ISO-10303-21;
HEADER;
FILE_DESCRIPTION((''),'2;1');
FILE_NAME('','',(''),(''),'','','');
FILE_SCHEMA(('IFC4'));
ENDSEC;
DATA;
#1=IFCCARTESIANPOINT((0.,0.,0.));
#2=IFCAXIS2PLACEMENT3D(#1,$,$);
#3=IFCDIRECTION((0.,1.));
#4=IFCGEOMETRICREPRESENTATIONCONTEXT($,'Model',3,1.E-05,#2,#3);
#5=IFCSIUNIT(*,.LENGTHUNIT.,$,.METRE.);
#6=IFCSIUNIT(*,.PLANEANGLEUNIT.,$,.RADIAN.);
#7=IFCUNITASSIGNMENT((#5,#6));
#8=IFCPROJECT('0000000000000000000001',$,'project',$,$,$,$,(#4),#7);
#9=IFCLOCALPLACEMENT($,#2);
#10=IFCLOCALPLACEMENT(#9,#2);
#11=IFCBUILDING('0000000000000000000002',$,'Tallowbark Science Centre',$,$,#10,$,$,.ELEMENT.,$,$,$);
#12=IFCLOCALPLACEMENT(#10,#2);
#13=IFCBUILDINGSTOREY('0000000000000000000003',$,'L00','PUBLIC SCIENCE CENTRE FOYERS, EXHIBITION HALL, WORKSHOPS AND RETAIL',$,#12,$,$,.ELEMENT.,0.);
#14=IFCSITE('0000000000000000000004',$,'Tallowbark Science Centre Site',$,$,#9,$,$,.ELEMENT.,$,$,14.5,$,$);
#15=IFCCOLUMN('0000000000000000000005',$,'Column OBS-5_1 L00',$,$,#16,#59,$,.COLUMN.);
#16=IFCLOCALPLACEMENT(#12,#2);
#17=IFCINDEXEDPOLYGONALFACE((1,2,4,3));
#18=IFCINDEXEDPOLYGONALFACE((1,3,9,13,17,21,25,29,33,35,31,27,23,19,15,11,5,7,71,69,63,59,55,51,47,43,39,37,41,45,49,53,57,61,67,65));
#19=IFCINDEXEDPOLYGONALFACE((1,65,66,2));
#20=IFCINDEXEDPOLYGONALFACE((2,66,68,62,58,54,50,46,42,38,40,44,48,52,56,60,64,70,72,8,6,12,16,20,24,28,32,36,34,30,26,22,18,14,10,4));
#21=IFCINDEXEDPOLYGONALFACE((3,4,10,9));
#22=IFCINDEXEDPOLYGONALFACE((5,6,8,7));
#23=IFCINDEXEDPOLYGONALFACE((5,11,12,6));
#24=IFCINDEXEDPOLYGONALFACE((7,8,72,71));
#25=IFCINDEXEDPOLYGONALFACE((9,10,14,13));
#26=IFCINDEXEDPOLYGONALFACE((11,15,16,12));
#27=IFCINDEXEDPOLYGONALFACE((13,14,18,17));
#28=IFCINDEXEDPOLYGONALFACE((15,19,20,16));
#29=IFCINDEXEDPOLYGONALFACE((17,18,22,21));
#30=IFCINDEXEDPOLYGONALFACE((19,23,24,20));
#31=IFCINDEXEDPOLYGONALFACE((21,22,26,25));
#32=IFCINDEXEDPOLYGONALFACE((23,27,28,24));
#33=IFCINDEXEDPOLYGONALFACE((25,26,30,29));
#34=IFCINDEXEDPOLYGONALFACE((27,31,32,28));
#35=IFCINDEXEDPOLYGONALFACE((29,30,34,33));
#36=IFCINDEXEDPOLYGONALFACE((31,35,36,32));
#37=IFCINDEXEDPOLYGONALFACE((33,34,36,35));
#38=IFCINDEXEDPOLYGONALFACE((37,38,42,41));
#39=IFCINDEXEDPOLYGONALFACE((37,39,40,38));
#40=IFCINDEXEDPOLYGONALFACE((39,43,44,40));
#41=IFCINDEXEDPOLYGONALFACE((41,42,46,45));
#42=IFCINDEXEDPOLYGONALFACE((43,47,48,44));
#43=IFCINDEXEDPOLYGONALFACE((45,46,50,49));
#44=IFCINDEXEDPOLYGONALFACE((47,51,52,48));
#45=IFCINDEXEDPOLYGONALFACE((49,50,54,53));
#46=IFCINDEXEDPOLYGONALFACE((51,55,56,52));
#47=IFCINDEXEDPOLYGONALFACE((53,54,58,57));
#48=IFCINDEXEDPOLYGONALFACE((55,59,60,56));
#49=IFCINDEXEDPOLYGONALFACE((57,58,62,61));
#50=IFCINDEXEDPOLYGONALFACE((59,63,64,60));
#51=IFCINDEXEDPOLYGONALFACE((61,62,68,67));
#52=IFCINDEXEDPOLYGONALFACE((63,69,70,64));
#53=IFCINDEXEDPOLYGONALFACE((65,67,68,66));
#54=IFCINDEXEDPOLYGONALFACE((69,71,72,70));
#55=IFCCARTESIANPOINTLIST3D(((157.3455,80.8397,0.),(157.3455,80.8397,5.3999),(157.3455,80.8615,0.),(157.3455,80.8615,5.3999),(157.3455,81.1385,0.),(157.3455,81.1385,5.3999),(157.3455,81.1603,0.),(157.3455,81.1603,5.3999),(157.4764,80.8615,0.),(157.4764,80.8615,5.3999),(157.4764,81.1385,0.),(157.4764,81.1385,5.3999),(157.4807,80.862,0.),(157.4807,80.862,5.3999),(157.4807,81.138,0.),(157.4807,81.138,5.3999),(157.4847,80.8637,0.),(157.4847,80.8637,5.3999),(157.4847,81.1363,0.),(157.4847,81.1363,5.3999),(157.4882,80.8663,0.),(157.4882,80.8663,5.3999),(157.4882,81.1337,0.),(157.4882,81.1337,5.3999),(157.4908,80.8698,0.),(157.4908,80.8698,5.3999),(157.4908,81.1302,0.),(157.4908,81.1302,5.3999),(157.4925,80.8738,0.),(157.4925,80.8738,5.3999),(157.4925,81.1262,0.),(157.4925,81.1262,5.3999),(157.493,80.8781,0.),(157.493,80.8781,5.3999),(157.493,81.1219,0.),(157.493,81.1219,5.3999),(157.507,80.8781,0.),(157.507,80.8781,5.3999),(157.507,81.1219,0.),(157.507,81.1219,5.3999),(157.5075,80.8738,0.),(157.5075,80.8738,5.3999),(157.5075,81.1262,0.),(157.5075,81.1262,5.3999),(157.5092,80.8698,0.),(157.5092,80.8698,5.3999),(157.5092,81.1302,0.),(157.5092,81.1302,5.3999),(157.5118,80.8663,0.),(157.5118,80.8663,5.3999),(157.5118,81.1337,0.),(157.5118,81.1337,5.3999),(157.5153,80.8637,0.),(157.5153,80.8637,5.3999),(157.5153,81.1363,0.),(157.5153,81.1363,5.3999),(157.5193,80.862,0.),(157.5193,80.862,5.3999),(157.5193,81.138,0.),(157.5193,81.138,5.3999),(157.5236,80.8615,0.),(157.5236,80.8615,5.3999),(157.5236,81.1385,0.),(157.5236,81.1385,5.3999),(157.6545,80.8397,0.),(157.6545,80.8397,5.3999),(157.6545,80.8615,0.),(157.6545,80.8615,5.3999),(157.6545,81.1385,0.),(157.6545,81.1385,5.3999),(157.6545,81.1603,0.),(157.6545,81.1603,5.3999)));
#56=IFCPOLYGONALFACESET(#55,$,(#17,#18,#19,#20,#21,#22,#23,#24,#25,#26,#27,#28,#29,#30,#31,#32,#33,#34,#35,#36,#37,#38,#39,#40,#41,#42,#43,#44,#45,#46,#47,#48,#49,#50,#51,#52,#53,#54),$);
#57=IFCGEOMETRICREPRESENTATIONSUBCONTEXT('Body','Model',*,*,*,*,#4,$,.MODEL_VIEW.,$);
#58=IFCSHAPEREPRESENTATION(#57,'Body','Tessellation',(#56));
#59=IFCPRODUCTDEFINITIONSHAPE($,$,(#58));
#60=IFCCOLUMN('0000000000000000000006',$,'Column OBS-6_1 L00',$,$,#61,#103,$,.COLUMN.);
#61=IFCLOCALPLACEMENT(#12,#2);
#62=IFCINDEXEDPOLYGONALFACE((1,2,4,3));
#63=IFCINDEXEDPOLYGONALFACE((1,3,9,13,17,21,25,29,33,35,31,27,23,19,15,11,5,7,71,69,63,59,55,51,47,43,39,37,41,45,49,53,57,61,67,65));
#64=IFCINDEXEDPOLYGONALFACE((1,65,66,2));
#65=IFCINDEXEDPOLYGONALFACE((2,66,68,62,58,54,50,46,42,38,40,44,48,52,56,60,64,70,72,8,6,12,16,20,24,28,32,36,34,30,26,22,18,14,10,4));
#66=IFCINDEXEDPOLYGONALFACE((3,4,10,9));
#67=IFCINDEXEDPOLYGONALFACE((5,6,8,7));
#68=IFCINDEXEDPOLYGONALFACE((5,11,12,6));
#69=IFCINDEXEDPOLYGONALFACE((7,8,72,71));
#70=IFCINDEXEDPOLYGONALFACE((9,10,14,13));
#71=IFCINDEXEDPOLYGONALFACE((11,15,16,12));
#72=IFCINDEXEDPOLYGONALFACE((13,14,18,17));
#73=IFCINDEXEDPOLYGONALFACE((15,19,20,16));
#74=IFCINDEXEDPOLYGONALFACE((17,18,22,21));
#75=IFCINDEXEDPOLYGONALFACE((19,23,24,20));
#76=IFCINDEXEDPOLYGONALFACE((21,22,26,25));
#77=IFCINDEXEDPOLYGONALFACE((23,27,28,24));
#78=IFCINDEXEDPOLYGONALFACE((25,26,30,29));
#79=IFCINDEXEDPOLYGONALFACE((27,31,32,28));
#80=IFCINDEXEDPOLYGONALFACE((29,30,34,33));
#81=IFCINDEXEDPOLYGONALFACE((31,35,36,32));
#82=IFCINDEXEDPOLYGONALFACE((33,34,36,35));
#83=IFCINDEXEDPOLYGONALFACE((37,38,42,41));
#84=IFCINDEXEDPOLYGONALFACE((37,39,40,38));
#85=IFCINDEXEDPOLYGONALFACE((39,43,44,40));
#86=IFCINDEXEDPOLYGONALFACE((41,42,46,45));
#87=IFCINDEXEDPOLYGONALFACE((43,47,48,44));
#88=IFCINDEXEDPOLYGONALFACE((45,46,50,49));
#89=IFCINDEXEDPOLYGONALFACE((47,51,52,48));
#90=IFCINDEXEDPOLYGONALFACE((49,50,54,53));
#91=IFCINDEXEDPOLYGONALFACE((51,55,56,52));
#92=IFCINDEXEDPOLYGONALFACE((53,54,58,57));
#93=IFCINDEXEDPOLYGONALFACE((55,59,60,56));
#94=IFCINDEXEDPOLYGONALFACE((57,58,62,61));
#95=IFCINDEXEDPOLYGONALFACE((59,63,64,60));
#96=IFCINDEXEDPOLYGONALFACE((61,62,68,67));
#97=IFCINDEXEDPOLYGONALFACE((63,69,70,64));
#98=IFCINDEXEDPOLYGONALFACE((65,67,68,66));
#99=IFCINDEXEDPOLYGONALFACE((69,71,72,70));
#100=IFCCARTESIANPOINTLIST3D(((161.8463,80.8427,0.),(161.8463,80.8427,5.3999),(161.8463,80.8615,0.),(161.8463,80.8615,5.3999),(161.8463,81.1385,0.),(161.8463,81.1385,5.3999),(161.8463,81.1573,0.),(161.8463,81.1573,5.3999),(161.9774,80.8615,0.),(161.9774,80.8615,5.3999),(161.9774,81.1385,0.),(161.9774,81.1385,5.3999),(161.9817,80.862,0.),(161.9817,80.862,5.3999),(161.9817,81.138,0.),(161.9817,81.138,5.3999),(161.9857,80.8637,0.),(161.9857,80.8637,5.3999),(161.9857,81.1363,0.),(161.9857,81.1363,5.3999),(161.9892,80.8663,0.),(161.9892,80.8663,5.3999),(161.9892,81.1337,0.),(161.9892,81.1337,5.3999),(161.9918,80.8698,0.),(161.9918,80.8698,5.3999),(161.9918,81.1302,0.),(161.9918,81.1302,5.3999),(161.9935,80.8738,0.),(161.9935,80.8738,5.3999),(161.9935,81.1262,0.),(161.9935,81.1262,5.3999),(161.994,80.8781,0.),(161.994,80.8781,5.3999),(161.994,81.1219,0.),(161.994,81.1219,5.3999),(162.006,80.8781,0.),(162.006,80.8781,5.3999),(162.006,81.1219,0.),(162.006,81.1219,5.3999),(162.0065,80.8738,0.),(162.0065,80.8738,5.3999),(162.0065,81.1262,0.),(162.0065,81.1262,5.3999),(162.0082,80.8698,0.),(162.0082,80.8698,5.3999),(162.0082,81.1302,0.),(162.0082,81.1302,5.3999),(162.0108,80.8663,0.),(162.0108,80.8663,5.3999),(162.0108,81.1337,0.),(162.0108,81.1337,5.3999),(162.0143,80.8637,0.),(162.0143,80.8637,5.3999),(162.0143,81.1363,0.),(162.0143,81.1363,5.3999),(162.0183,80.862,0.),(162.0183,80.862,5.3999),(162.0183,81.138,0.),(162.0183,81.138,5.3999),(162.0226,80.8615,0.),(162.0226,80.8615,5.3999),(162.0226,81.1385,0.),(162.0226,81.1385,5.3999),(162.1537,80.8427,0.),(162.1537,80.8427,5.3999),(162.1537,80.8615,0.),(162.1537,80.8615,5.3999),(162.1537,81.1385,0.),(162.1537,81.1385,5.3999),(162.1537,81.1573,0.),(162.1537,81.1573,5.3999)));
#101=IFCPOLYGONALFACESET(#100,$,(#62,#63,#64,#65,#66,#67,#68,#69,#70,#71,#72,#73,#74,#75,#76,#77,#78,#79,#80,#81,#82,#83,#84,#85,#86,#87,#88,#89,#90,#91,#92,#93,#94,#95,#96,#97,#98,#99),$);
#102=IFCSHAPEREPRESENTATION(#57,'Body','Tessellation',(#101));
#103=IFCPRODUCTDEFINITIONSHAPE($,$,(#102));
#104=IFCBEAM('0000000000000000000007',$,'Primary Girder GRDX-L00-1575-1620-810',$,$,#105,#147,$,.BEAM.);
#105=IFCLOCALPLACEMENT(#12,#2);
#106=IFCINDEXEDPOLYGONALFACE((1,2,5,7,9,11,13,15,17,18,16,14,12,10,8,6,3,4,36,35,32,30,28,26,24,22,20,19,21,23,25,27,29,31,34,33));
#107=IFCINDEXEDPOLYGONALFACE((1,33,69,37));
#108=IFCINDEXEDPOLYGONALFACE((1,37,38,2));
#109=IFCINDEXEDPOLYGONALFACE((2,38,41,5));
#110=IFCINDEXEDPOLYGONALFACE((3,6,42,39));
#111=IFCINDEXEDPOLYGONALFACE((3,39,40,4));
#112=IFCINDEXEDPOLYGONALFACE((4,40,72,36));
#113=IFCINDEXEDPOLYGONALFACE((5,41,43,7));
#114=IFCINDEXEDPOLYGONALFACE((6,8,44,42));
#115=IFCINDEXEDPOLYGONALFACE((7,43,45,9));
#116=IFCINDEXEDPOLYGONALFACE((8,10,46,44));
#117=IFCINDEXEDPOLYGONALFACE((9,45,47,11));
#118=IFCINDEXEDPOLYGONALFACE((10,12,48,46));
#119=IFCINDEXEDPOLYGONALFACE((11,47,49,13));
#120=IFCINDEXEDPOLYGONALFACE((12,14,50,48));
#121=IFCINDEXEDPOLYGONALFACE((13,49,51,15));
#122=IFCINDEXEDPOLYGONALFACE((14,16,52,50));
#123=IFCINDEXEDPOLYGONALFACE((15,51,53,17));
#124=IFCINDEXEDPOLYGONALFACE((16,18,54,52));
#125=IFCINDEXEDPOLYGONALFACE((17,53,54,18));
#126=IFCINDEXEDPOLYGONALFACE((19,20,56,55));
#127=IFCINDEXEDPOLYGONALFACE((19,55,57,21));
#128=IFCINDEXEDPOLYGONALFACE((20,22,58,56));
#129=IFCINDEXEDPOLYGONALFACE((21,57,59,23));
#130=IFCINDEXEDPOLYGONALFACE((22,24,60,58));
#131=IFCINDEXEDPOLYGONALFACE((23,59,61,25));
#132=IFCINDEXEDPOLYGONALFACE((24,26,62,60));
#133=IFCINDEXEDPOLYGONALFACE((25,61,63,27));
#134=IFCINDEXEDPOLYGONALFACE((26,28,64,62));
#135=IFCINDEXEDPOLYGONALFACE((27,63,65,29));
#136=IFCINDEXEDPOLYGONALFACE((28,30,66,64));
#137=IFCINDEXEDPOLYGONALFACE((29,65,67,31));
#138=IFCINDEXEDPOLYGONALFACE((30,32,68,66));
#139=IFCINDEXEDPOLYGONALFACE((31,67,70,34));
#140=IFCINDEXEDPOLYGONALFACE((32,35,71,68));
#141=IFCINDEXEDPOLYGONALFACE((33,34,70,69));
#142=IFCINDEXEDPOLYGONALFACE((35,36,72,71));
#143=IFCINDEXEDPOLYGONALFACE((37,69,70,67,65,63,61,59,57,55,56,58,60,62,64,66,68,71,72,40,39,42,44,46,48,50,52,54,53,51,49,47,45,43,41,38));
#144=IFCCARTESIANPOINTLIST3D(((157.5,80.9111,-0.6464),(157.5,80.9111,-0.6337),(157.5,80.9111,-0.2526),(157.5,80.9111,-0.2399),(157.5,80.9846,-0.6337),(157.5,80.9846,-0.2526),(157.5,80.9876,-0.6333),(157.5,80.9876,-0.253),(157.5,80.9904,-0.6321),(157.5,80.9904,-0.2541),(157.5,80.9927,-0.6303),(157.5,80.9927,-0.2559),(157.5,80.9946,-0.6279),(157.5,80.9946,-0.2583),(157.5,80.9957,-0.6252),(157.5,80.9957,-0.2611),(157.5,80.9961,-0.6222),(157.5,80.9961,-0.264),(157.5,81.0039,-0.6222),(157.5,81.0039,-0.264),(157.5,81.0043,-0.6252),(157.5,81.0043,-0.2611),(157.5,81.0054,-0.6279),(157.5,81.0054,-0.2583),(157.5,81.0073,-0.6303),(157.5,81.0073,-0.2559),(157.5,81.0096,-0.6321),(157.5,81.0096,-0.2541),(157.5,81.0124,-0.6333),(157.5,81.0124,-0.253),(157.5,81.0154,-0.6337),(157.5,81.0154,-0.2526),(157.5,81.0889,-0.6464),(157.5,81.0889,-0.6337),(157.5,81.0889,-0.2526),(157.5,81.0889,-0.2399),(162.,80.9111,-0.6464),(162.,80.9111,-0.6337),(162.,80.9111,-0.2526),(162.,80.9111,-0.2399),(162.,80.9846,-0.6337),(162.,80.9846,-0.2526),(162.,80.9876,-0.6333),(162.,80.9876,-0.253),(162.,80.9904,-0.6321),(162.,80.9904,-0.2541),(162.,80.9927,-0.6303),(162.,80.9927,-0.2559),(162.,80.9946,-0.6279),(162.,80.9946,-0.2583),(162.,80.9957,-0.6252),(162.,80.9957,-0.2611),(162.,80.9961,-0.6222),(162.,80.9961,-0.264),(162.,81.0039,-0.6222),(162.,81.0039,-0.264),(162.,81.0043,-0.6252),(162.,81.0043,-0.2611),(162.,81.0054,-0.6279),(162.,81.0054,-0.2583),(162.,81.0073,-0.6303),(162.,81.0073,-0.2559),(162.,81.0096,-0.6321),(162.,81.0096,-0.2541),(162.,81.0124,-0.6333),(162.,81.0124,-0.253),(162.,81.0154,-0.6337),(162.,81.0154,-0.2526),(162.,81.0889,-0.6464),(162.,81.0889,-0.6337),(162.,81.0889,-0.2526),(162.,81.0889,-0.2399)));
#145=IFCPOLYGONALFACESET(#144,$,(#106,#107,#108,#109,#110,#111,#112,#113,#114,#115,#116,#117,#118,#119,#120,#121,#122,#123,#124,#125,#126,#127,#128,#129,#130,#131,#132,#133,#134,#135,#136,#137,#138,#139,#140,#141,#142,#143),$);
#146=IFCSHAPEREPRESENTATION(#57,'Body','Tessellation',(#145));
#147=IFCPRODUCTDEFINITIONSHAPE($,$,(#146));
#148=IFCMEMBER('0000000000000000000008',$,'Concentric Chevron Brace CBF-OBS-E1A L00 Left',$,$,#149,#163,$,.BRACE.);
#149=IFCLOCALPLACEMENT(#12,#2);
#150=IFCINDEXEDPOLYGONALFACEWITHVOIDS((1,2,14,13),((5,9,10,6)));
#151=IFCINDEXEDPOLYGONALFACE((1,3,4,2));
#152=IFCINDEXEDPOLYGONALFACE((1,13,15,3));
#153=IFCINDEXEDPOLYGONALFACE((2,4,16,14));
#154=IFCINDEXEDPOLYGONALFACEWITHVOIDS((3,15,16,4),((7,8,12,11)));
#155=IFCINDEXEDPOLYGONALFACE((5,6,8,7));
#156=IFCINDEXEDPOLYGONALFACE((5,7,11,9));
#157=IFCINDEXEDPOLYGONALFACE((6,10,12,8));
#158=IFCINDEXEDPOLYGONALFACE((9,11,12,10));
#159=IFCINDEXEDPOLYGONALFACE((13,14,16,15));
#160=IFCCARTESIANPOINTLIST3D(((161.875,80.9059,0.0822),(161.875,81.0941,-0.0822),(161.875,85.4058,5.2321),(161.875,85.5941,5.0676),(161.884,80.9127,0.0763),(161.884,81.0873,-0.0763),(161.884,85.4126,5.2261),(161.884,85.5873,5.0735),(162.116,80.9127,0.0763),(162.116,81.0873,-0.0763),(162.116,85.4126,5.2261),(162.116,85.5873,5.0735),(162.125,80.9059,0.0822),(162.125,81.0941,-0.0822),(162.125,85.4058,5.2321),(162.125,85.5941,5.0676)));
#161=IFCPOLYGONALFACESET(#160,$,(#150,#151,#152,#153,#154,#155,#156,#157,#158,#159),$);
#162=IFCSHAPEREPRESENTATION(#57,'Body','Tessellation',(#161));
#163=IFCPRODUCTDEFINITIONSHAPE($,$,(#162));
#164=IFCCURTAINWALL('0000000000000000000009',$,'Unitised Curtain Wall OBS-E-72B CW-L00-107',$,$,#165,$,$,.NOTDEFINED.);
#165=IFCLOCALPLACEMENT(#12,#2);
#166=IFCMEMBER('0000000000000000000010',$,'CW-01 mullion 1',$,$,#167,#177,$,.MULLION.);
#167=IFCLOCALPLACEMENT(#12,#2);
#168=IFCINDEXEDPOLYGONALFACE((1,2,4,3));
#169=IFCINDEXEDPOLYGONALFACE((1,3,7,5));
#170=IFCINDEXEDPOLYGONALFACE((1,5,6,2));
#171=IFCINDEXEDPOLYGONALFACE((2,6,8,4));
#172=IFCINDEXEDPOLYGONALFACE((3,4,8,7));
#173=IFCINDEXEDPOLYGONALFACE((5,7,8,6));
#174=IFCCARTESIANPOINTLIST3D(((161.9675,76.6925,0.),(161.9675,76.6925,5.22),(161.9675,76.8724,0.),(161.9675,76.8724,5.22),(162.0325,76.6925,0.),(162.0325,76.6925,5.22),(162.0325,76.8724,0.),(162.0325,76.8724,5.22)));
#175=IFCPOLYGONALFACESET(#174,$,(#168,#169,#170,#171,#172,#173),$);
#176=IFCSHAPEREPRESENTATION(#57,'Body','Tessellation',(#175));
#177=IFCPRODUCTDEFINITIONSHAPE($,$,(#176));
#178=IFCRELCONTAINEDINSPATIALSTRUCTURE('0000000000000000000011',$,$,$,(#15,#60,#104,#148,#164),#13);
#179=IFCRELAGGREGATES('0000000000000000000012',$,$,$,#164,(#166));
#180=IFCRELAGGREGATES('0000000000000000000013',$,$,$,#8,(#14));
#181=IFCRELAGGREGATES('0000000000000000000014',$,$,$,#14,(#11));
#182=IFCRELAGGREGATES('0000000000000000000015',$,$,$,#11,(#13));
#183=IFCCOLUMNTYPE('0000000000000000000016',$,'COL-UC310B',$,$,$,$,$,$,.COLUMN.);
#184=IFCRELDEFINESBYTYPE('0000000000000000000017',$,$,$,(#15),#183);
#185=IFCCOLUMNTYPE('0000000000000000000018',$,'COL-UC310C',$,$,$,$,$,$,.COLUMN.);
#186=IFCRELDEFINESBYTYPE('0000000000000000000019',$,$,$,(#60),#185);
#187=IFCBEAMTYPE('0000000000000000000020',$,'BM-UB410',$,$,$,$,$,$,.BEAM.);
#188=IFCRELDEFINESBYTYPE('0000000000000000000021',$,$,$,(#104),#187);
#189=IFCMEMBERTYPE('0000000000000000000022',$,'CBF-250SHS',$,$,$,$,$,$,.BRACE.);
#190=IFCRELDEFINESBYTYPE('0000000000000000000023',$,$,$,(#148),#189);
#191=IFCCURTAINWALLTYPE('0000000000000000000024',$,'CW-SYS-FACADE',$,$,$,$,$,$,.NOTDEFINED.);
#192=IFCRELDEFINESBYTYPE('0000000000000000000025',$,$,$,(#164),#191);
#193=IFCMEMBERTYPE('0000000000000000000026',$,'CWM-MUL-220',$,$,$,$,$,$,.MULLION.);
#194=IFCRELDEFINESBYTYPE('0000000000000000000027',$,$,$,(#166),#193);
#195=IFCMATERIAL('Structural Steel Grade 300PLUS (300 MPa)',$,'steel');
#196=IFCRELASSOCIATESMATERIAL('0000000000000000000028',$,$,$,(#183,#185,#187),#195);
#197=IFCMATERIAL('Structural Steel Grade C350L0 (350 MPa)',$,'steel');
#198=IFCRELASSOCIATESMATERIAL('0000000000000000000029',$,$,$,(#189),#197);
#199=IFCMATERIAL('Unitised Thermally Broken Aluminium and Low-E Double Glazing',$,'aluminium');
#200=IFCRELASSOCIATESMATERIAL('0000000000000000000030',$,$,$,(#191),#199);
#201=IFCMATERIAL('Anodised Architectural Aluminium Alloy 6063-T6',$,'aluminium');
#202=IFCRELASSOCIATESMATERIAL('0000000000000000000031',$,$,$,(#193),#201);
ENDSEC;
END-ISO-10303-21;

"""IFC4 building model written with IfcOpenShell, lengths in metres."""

from ifc_helpers import new_model, si_unit, direction, frame, origin, origin_2d, place, context, subcontext, project, spatial, rectangle, hollow_rectangle, i_section, extrude, material, material_profile, profile_set, type_object, element, aggregate, save


model = new_model("IFC4")

# Units and contexts
model_context = context("Model", 3, precision=1e-05, world=origin(), true_north=direction((0.0, 1.0)))
body_context = subcontext(model_context, "Body", "Model", "MODEL_VIEW")
ifc_project = project(units=[si_unit("LENGTHUNIT", "METRE"), si_unit("PLANEANGLEUNIT", "RADIAN")], contexts=[model_context])

# Site, building, storey
site_placement = place(None, origin())
site = spatial("IfcSite", under=ifc_project, at=site_placement, Name="Tallowbark Science Centre Site", CompositionType="ELEMENT", RefElevation=14.5)
building_placement = place(site_placement, origin())
building = spatial("IfcBuilding", under=site, at=building_placement, Name="Tallowbark Science Centre", CompositionType="ELEMENT")
storey_placement = place(building_placement, origin())
storey = spatial("IfcBuildingStorey", under=building, at=storey_placement, Name="L00", Description="PUBLIC SCIENCE CENTRE FOYERS, EXHIBITION HALL, WORKSHOPS AND RETAIL", CompositionType="ELEMENT", Elevation=0.0)

# Columns
ifc_material_1 = material(Name="Structural Steel Grade 300PLUS (300 MPa)", Category="steel")
ifc_material_profile_1 = material_profile(ifc_material_1, i_section(OverallWidth=0.3091, OverallDepth=0.3206, WebThickness=0.0139, FlangeThickness=0.0217, FilletRadius=0.0166, at=origin_2d()), Name="310UC137")
ifc_profile_set_1 = profile_set([ifc_material_profile_1], Name="Structural Steel Grade 300PLUS (300 MPa)")
column_type_1 = type_object("IfcColumnType", Name="COL-UC310B", PredefinedType="COLUMN", material=ifc_profile_set_1)
column_1_placement = place(storey_placement, frame((157.5, 81.0, 0.0), z_axis=(0.0, 0.0, 1.0), x_axis=(1.0, 0.0, 0.0)))
element("IfcColumn", 1, at=column_1_placement, inside=storey, type_object=column_type_1, Name="Column OBS-5_1 L00", PredefinedType="COLUMN", context=body_context, shape_type="SweptSolid", body=[
    extrude(i_section(OverallWidth=0.3091, OverallDepth=0.3206, WebThickness=0.0139, FlangeThickness=0.0217, FilletRadius=0.0166, at=origin_2d()), origin(), (0.0, 0.0, 1.0), 5.3999),
])
ifc_material_profile_2 = material_profile(ifc_material_1, i_section(OverallWidth=0.3074, OverallDepth=0.3147, WebThickness=0.012, FlangeThickness=0.0188, FilletRadius=0.0166, at=origin_2d()), Name="310UC118")
ifc_profile_set_2 = profile_set([ifc_material_profile_2], Name="Structural Steel Grade 300PLUS (300 MPa)")
column_type_2 = type_object("IfcColumnType", Name="COL-UC310C", PredefinedType="COLUMN", material=ifc_profile_set_2)
column_2_placement = place(storey_placement, frame((162.0, 81.0, 0.0), z_axis=(0.0, 0.0, 1.0), x_axis=(1.0, 0.0, 0.0)))
element("IfcColumn", 2, at=column_2_placement, inside=storey, type_object=column_type_2, Name="Column OBS-6_1 L00", PredefinedType="COLUMN", context=body_context, shape_type="SweptSolid", body=[
    extrude(i_section(OverallWidth=0.3074, OverallDepth=0.3147, WebThickness=0.012, FlangeThickness=0.0188, FilletRadius=0.0166, at=origin_2d()), origin(), (0.0, 0.0, 1.0), 5.3999),
])

# Beam
ifc_material_profile_3 = material_profile(ifc_material_1, i_section(OverallWidth=0.1777, OverallDepth=0.4065, WebThickness=0.0078, FlangeThickness=0.0127, FilletRadius=0.0115, at=origin_2d()), Name="410UB59.7")
ifc_profile_set_3 = profile_set([ifc_material_profile_3], Name="Structural Steel Grade 300PLUS (300 MPa)")
beam_type_1 = type_object("IfcBeamType", Name="BM-UB410", PredefinedType="BEAM", material=ifc_profile_set_3)
beam_1_placement = place(storey_placement, frame((157.5, 81.0, -0.4431), z_axis=(1.0, 0.0, 0.0), x_axis=(0.0, 1.0, 0.0)))
element("IfcBeam", 3, at=beam_1_placement, inside=storey, type_object=beam_type_1, Name="Primary Girder GRDX-L00-1575-1620-810", PredefinedType="BEAM", context=body_context, shape_type="SweptSolid", body=[
    extrude(i_section(OverallWidth=0.1777, OverallDepth=0.4065, WebThickness=0.0078, FlangeThickness=0.0127, FilletRadius=0.0115, at=origin_2d()), origin(), (0.0, 0.0, 1.0), 4.5),
])

# Member
ifc_material_2 = material(Name="Structural Steel Grade C350L0 (350 MPa)", Category="steel")
ifc_material_profile_4 = material_profile(ifc_material_2, hollow_rectangle(XDim=0.25, YDim=0.25, WallThickness=0.009, at=origin_2d()), Name="250x250x9.0SHS")
ifc_profile_set_4 = profile_set([ifc_material_profile_4], Name="Structural Steel Grade C350L0 (350 MPa)")
member_type_1 = type_object("IfcMemberType", Name="CBF-250SHS", PredefinedType="BRACE", material=ifc_profile_set_4)
member_1_placement = place(storey_placement, frame((162.0, 81.0, 0.0), z_axis=(0.0, 0.657994, 0.753023), x_axis=(-1.0, 0.0, 0.0)))
element("IfcMember", 4, at=member_1_placement, inside=storey, type_object=member_type_1, Name="Concentric Chevron Brace CBF-OBS-E1A L00 Left", PredefinedType="BRACE", context=body_context, shape_type="SweptSolid", body=[
    extrude(hollow_rectangle(XDim=0.25, YDim=0.25, WallThickness=0.009, at=origin_2d()), origin(), (0.0, 0.0, 1.0), 6.8389),
])

# Curtain wall, member
ifc_material_3 = material(Name="Unitised Thermally Broken Aluminium and Low-E Double Glazing", Category="aluminium")
curtain_wall_type = type_object("IfcCurtainWallType", Name="CW-SYS-FACADE", PredefinedType="NOTDEFINED", material=ifc_material_3)
curtain_wall_placement = place(storey_placement, origin())
curtain_wall = element("IfcCurtainWall", 5, at=curtain_wall_placement, inside=storey, type_object=curtain_wall_type, Name="Unitised Curtain Wall OBS-E-72B CW-L00-107", PredefinedType="NOTDEFINED")
ifc_material_4 = material(Name="Anodised Architectural Aluminium Alloy 6063-T6", Category="aluminium")
ifc_material_profile_5 = material_profile(ifc_material_4, rectangle(XDim=0.0649, YDim=0.1799, at=origin_2d()), Name="ALU65x180")
ifc_profile_set_5 = profile_set([ifc_material_profile_5], Name="Anodised Architectural Aluminium Alloy 6063-T6")
member_type_2 = type_object("IfcMemberType", Name="CWM-MUL-220", PredefinedType="MULLION", material=ifc_profile_set_5)
member_2_placement = place(storey_placement, frame((162.0, 76.7825, 0.0), z_axis=(0.0, 0.0, 1.0), x_axis=(-1.0, 0.0, 0.0)))
member_2 = element("IfcMember", 6, at=member_2_placement, type_object=member_type_2, Name="CW-01 mullion 1", PredefinedType="MULLION", context=body_context, shape_type="SweptSolid", body=[
    extrude(rectangle(XDim=0.0649, YDim=0.1799, at=origin_2d()), origin(), (0.0, 0.0, 1.0), 5.22),
])

aggregate(curtain_wall, [member_2])

save(model, "model.ifc")
